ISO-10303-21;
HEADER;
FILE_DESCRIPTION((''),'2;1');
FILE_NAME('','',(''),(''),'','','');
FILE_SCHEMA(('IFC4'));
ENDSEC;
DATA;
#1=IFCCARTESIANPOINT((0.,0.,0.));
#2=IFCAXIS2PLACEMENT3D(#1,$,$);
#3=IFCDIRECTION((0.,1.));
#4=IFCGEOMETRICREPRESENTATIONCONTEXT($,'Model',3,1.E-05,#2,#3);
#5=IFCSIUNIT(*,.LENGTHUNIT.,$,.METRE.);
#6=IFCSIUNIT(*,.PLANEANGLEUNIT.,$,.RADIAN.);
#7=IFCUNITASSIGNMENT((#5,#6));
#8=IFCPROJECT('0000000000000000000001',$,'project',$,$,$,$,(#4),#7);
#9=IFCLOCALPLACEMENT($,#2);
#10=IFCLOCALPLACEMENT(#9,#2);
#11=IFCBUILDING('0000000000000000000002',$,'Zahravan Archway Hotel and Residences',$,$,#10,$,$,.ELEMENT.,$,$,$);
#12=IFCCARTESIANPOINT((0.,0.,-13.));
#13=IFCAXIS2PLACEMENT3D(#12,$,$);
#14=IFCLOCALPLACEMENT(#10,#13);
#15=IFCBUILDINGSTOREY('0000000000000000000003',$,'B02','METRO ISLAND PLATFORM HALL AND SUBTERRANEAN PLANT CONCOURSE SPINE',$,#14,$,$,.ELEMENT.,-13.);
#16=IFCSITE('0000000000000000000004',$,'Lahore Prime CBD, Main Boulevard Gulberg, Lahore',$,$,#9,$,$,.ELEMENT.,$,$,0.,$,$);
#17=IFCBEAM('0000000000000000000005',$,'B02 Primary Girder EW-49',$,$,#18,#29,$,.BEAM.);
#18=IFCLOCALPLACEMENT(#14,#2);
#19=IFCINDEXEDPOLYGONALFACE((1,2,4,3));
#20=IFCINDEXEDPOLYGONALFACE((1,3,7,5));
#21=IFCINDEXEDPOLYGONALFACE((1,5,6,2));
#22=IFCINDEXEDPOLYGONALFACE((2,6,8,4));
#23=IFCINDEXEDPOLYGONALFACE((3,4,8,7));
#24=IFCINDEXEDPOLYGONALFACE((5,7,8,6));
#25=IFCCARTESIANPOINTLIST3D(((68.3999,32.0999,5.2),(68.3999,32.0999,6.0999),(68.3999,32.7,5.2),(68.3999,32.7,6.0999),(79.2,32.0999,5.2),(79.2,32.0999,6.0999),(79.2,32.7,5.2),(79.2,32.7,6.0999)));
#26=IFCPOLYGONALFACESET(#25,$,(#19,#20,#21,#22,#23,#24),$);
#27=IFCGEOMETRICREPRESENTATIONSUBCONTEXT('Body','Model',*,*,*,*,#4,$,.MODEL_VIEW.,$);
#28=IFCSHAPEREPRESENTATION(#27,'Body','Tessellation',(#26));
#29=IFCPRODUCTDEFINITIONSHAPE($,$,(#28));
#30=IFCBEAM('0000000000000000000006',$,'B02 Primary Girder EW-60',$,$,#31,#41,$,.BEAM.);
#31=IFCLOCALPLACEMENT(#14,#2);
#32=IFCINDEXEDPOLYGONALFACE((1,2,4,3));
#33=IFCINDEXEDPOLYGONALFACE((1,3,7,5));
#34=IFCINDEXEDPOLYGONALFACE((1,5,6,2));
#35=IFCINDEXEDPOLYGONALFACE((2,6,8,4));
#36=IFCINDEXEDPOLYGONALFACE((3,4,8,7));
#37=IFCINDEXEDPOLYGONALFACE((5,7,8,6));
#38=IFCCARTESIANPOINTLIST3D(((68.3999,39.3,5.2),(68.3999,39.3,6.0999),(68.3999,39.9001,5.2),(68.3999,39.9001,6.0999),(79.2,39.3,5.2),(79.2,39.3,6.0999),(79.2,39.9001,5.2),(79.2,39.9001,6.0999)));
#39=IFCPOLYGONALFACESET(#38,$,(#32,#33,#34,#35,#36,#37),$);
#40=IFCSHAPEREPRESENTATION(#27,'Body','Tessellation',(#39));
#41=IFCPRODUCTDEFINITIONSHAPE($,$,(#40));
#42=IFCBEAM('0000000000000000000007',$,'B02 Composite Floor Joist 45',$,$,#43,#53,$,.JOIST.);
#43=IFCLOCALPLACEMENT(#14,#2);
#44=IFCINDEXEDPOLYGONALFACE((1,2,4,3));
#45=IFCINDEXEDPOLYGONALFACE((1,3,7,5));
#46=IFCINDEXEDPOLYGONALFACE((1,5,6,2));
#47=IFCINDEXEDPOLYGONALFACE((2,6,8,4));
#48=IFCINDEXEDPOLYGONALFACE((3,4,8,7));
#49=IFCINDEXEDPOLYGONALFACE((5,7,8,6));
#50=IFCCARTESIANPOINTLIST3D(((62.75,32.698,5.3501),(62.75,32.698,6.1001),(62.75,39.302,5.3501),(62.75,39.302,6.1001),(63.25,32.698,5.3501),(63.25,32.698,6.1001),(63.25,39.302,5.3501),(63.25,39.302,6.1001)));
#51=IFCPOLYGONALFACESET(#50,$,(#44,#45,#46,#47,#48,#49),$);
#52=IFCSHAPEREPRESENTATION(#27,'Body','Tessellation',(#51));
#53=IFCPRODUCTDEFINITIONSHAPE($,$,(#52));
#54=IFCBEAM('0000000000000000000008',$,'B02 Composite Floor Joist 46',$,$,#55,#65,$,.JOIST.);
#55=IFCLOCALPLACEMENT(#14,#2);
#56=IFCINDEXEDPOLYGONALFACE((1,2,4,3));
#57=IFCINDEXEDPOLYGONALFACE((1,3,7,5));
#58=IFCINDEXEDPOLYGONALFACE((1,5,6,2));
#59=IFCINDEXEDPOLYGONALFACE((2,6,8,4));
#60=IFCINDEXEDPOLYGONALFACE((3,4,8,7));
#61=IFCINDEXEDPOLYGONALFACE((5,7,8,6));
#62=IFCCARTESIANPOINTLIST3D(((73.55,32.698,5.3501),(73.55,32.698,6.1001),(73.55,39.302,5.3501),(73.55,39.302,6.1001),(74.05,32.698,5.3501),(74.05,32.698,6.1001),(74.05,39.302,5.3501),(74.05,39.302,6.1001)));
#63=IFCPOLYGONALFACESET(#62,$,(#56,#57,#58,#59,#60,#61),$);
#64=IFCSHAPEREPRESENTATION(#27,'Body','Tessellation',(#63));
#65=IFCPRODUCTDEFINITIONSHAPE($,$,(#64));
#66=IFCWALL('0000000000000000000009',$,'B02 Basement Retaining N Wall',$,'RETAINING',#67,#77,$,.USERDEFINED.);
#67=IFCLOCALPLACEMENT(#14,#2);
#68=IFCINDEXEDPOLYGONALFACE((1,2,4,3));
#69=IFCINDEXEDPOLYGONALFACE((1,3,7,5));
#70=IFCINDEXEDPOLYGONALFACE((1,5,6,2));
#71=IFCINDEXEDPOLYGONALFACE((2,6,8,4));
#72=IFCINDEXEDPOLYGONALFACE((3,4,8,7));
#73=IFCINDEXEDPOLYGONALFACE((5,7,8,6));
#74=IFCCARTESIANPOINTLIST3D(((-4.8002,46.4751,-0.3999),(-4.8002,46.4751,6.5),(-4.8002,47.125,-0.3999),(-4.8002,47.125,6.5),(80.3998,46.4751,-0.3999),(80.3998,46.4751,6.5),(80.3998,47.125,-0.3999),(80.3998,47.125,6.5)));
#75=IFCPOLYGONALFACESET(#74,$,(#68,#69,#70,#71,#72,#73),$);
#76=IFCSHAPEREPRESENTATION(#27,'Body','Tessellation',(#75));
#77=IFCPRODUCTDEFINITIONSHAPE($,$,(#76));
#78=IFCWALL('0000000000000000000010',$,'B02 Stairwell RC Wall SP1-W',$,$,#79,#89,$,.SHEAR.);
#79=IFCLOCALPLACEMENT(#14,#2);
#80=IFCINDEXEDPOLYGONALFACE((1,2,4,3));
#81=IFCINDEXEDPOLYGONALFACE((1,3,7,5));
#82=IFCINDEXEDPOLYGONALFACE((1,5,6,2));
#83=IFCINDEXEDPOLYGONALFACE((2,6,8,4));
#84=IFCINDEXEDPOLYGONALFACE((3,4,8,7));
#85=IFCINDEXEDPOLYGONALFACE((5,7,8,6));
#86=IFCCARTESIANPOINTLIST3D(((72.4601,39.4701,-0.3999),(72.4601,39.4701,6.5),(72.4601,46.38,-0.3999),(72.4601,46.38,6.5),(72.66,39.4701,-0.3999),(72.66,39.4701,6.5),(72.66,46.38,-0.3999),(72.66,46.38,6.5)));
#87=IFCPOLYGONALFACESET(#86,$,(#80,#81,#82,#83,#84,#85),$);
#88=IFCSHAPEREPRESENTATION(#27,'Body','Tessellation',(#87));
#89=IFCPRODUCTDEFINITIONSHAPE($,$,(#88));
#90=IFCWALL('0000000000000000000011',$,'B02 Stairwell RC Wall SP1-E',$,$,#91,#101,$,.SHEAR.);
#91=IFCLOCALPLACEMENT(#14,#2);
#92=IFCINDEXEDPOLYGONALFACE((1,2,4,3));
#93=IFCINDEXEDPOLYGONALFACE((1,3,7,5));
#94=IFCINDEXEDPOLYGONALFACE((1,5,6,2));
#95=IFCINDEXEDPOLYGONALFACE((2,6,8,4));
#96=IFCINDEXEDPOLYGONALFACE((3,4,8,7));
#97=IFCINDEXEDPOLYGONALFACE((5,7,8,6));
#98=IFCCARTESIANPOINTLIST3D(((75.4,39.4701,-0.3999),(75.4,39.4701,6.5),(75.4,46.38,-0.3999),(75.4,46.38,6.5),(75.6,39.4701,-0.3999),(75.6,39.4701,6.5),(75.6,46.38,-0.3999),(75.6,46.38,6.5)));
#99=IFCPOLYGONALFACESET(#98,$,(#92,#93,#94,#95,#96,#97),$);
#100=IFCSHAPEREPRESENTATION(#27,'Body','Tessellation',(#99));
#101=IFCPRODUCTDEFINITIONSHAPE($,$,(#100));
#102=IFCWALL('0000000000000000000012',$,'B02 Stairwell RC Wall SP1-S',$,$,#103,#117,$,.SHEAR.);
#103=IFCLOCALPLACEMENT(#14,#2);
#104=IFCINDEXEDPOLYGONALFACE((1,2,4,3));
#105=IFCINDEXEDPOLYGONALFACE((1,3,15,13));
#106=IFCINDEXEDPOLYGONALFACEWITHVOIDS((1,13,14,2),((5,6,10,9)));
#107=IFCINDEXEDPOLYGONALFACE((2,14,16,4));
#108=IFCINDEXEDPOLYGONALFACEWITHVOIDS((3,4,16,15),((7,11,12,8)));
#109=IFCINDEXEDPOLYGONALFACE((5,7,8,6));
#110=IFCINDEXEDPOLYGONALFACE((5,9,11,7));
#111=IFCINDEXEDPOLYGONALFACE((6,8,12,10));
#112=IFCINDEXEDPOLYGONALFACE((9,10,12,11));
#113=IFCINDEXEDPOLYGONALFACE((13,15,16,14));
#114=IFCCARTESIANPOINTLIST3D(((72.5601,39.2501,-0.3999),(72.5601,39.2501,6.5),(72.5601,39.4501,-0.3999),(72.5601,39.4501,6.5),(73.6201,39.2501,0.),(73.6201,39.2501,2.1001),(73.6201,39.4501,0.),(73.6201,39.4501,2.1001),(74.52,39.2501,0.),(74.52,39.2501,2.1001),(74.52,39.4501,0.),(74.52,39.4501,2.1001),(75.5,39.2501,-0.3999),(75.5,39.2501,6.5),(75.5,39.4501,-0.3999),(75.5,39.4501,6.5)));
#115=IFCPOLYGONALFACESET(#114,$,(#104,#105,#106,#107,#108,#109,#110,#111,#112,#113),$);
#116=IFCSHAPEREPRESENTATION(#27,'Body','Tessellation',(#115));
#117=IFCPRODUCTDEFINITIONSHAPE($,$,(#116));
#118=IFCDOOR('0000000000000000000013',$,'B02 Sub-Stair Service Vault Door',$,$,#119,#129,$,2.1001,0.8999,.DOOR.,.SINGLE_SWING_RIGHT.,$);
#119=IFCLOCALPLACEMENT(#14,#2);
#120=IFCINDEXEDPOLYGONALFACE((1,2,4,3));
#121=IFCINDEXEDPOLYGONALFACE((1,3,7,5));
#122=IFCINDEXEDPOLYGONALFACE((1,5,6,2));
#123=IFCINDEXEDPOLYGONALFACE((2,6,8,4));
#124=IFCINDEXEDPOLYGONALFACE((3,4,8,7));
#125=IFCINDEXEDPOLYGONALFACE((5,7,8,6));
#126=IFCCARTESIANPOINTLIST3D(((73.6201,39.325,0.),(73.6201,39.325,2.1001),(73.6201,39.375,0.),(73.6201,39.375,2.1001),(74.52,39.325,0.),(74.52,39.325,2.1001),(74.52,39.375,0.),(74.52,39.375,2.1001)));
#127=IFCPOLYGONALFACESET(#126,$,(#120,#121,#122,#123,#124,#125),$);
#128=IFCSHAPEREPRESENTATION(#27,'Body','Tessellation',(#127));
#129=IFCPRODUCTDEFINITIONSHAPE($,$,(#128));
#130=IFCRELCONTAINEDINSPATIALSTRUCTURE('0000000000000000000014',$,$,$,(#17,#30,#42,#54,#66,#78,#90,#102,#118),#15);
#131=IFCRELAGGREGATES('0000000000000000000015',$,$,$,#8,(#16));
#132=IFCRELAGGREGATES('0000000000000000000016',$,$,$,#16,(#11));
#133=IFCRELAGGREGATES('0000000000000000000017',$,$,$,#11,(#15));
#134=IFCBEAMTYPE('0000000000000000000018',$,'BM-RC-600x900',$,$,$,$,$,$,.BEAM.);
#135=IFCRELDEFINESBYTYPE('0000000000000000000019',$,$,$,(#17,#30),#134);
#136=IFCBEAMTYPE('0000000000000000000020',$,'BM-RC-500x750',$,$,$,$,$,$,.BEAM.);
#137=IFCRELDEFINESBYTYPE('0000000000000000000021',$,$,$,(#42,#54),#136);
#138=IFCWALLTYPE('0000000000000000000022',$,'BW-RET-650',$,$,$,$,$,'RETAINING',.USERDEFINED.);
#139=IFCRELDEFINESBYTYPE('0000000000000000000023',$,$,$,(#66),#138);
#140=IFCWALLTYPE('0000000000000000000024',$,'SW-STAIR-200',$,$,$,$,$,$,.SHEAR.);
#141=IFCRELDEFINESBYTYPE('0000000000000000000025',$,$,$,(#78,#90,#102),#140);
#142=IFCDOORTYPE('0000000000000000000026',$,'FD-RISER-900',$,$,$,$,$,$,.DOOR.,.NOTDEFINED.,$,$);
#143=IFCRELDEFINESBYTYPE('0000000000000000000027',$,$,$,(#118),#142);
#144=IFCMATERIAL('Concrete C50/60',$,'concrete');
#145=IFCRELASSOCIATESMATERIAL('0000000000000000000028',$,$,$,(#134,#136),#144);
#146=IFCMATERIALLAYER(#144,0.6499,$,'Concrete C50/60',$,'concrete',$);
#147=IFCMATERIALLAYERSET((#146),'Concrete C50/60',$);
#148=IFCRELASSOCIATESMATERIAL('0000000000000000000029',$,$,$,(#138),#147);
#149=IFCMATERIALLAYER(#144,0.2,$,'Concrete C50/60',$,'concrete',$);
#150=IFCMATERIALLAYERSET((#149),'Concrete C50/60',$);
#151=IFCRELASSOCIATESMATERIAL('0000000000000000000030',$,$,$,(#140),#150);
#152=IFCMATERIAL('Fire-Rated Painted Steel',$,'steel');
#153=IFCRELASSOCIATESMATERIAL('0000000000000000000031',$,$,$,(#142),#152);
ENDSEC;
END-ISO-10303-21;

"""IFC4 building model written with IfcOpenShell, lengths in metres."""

from ifc_helpers import new_model, si_unit, direction, frame, frame_2d, origin, origin_2d, place, context, subcontext, project, spatial, rectangle, extrude, source, transform, mapped, material, layer, layer_set, material_profile, profile_set, type_object, type_shapes, element, fill, save


model = new_model("IFC4")

# Units and contexts
model_context = context("Model", 3, precision=1e-05, world=origin(), true_north=direction((0.0, 1.0)))
body_context = subcontext(model_context, "Body", "Model", "MODEL_VIEW")
ifc_project = project(units=[si_unit("LENGTHUNIT", "METRE"), si_unit("PLANEANGLEUNIT", "RADIAN")], contexts=[model_context])

# Site, building, storey
site_placement = place(None, origin())
site = spatial("IfcSite", under=ifc_project, at=site_placement, Name="Lahore Prime CBD, Main Boulevard Gulberg, Lahore", CompositionType="ELEMENT", RefElevation=0.0)
building_placement = place(site_placement, origin())
building = spatial("IfcBuilding", under=site, at=building_placement, Name="Zahravan Archway Hotel and Residences", CompositionType="ELEMENT")
storey_placement = place(building_placement, frame((0.0, 0.0, -13.0)))
storey = spatial("IfcBuildingStorey", under=building, at=storey_placement, Name="B02", Description="METRO ISLAND PLATFORM HALL AND SUBTERRANEAN PLANT CONCOURSE SPINE", CompositionType="ELEMENT", Elevation=-13.0)

# Shared definitions
ifc_material_1 = material(Name="Concrete C50/60", Category="concrete")

# Beams
ifc_material_profile_1 = material_profile(ifc_material_1, rectangle(XDim=0.6001, YDim=0.8999, at=origin_2d()), Name="RC-BM-600x900", Category="concrete")
ifc_profile_set_1 = profile_set([ifc_material_profile_1], Name="Concrete C50/60")
beam_type_1 = type_object("IfcBeamType", Name="BM-RC-600x900", PredefinedType="BEAM", material=ifc_profile_set_1)
shared_shape_1 = source(origin(), body_context, "Body", "SweptSolid", [
    extrude(rectangle(XDim=0.6001, YDim=0.8999, at=origin_2d()), origin(), (0.0, 0.0, 1.0), 10.8),
])
for number, where, z_axis, x_axis, name in (
    (1, (68.3999, 32.3999, 5.6499), (1.0, 0.0, 0.0), (0.0, 1.0, 0.0), "B02 Primary Girder EW-49"),
    (2, (68.3999, 39.6001, 5.6499), (1.0, 0.0, 0.0), (0.0, 1.0, 0.0), "B02 Primary Girder EW-60"),
):
    element("IfcBeam", number, at=place(storey_placement, frame(where, z_axis=z_axis, x_axis=x_axis)), inside=storey, type_object=beam_type_1, Name=name, PredefinedType="BEAM", context=body_context, shape_type="MappedRepresentation", body=[
        mapped(shared_shape_1, transform((0.0, 0.0, 0.0), scale=1.0)),
    ])
ifc_material_profile_2 = material_profile(ifc_material_1, rectangle(XDim=0.5, YDim=0.75, at=origin_2d()), Name="RC-BM-500x750", Category="concrete")
ifc_profile_set_2 = profile_set([ifc_material_profile_2], Name="Concrete C50/60")
beam_type_2 = type_object("IfcBeamType", Name="BM-RC-500x750", PredefinedType="BEAM", material=ifc_profile_set_2)
shared_shape_2 = source(origin(), body_context, "Body", "SweptSolid", [
    extrude(rectangle(XDim=0.5, YDim=0.75, at=origin_2d()), origin(), (0.0, 0.0, 1.0), 6.604),
])
type_shapes(beam_type_2, [shared_shape_2])
for number, where, z_axis, x_axis, name in (
    (3, (63.0, 32.698, 5.7251), (0.0, 1.0, 0.0), (-1.0, 0.0, 0.0), "B02 Composite Floor Joist 45"),
    (4, (73.8, 32.698, 5.7251), (0.0, 1.0, 0.0), (-1.0, 0.0, 0.0), "B02 Composite Floor Joist 46"),
):
    element("IfcBeam", number, at=place(storey_placement, frame(where, z_axis=z_axis, x_axis=x_axis)), inside=storey, type_object=beam_type_2, Name=name, PredefinedType="JOIST", context=body_context, shape_type="MappedRepresentation", body=[
        mapped(shared_shape_2, transform((0.0, 0.0, 0.0), scale=1.0)),
    ])

# Walls
ifc_layer_1 = layer(ifc_material_1, 0.6499, Name="Concrete C50/60", Category="concrete")
ifc_layer_set_1 = layer_set([ifc_layer_1], Name="Concrete C50/60")
wall_type_1 = type_object("IfcWallType", Name="BW-RET-650", ElementType="RETAINING", PredefinedType="USERDEFINED", material=ifc_layer_set_1)
wall_1_placement = place(storey_placement, frame((80.3999, 46.8, -0.3999), z_axis=(0.0, 0.0, 1.0), x_axis=(-1.0, 0.0, 0.0)))
element("IfcWall", 5, at=wall_1_placement, inside=storey, type_object=wall_type_1, Name="B02 Basement Retaining N Wall", ObjectType="RETAINING", PredefinedType="USERDEFINED", context=body_context, shape_type="SweptSolid", body=[
    extrude(rectangle(XDim=85.2, YDim=0.6499, at=frame_2d((42.6001, 0.0))), origin(), (0.0, 0.0, 1.0), 6.8999),
])
ifc_layer_2 = layer(ifc_material_1, 0.2, Name="Concrete C50/60", Category="concrete")
ifc_layer_set_2 = layer_set([ifc_layer_2], Name="Concrete C50/60")
wall_type_2 = type_object("IfcWallType", Name="SW-STAIR-200", PredefinedType="SHEAR", material=ifc_layer_set_2)
for number, where, z_axis, x_axis, name in (
    (6, (72.5601, 39.47, -0.3999), (0.0, 0.0, 1.0), (0.0, 1.0, 0.0), "B02 Stairwell RC Wall SP1-W"),
    (7, (75.5, 39.47, -0.3999), (0.0, 0.0, 1.0), (0.0, 1.0, 0.0), "B02 Stairwell RC Wall SP1-E"),
):
    element("IfcWall", number, at=place(storey_placement, frame(where, z_axis=z_axis, x_axis=x_axis)), inside=storey, type_object=wall_type_2, Name=name, PredefinedType="SHEAR", context=body_context, shape_type="SweptSolid", body=[
        extrude(rectangle(XDim=6.9099, YDim=0.2, at=frame_2d((3.4551, 0.0))), origin(), (0.0, 0.0, 1.0), 6.8999),
    ])

# Wall, opening, door
wall_2_placement = place(storey_placement, frame((72.5601, 39.3501, -0.3999), z_axis=(0.0, 0.0, 1.0), x_axis=(1.0, 0.0, 0.0)))
wall_2 = element("IfcWall", 8, at=wall_2_placement, inside=storey, type_object=wall_type_2, Name="B02 Stairwell RC Wall SP1-S", PredefinedType="SHEAR", context=body_context, shape_type="SweptSolid", body=[
    extrude(rectangle(XDim=2.9399, YDim=0.2, at=frame_2d((1.47, 0.0))), origin(), (0.0, 0.0, 1.0), 6.8999),
])
opening_placement = place(wall_2_placement, frame((1.0601, 0.0, 0.3999)))
opening = element("IfcOpeningElement", 9, at=opening_placement, cuts=wall_2, PredefinedType="OPENING", context=body_context, shape_type="SweptSolid", body=[
    extrude(rectangle(XDim=0.8999, YDim=2.1001, at=frame_2d((0.45, 1.05))), frame((0.0, 0.1099, 0.0), z_axis=(0.0, -1.0, 0.0), x_axis=(1.0, 0.0, 0.0)), (0.0, 0.0, 1.0), 0.22),
])
ifc_material_2 = material(Name="Fire-Rated Painted Steel", Category="steel")
door_type = type_object("IfcDoorType", Name="FD-RISER-900", OperationType="NOTDEFINED", PredefinedType="DOOR", material=ifc_material_2)
shared_shape_3 = source(origin(), body_context, "Body", "SweptSolid", [
    extrude(rectangle(XDim=0.8999, YDim=2.1001, at=frame_2d((0.45, 1.05))), frame((0.0, 0.0249, 0.0), z_axis=(0.0, -1.0, 0.0), x_axis=(1.0, 0.0, 0.0)), (0.0, 0.0, 1.0), 0.05),
])
type_shapes(door_type, [shared_shape_3])
door_placement = place(opening_placement, origin())
door = element("IfcDoor", 10, at=door_placement, inside=storey, type_object=door_type, Name="B02 Sub-Stair Service Vault Door", OperationType="SINGLE_SWING_RIGHT", OverallHeight=2.1001, OverallWidth=0.8999, PredefinedType="DOOR", context=body_context, shape_type="MappedRepresentation", body=[
    mapped(shared_shape_3, transform((0.0, 0.0, 0.0), scale=1.0)),
])
fill(opening, door)

save(model, "model.ifc")
